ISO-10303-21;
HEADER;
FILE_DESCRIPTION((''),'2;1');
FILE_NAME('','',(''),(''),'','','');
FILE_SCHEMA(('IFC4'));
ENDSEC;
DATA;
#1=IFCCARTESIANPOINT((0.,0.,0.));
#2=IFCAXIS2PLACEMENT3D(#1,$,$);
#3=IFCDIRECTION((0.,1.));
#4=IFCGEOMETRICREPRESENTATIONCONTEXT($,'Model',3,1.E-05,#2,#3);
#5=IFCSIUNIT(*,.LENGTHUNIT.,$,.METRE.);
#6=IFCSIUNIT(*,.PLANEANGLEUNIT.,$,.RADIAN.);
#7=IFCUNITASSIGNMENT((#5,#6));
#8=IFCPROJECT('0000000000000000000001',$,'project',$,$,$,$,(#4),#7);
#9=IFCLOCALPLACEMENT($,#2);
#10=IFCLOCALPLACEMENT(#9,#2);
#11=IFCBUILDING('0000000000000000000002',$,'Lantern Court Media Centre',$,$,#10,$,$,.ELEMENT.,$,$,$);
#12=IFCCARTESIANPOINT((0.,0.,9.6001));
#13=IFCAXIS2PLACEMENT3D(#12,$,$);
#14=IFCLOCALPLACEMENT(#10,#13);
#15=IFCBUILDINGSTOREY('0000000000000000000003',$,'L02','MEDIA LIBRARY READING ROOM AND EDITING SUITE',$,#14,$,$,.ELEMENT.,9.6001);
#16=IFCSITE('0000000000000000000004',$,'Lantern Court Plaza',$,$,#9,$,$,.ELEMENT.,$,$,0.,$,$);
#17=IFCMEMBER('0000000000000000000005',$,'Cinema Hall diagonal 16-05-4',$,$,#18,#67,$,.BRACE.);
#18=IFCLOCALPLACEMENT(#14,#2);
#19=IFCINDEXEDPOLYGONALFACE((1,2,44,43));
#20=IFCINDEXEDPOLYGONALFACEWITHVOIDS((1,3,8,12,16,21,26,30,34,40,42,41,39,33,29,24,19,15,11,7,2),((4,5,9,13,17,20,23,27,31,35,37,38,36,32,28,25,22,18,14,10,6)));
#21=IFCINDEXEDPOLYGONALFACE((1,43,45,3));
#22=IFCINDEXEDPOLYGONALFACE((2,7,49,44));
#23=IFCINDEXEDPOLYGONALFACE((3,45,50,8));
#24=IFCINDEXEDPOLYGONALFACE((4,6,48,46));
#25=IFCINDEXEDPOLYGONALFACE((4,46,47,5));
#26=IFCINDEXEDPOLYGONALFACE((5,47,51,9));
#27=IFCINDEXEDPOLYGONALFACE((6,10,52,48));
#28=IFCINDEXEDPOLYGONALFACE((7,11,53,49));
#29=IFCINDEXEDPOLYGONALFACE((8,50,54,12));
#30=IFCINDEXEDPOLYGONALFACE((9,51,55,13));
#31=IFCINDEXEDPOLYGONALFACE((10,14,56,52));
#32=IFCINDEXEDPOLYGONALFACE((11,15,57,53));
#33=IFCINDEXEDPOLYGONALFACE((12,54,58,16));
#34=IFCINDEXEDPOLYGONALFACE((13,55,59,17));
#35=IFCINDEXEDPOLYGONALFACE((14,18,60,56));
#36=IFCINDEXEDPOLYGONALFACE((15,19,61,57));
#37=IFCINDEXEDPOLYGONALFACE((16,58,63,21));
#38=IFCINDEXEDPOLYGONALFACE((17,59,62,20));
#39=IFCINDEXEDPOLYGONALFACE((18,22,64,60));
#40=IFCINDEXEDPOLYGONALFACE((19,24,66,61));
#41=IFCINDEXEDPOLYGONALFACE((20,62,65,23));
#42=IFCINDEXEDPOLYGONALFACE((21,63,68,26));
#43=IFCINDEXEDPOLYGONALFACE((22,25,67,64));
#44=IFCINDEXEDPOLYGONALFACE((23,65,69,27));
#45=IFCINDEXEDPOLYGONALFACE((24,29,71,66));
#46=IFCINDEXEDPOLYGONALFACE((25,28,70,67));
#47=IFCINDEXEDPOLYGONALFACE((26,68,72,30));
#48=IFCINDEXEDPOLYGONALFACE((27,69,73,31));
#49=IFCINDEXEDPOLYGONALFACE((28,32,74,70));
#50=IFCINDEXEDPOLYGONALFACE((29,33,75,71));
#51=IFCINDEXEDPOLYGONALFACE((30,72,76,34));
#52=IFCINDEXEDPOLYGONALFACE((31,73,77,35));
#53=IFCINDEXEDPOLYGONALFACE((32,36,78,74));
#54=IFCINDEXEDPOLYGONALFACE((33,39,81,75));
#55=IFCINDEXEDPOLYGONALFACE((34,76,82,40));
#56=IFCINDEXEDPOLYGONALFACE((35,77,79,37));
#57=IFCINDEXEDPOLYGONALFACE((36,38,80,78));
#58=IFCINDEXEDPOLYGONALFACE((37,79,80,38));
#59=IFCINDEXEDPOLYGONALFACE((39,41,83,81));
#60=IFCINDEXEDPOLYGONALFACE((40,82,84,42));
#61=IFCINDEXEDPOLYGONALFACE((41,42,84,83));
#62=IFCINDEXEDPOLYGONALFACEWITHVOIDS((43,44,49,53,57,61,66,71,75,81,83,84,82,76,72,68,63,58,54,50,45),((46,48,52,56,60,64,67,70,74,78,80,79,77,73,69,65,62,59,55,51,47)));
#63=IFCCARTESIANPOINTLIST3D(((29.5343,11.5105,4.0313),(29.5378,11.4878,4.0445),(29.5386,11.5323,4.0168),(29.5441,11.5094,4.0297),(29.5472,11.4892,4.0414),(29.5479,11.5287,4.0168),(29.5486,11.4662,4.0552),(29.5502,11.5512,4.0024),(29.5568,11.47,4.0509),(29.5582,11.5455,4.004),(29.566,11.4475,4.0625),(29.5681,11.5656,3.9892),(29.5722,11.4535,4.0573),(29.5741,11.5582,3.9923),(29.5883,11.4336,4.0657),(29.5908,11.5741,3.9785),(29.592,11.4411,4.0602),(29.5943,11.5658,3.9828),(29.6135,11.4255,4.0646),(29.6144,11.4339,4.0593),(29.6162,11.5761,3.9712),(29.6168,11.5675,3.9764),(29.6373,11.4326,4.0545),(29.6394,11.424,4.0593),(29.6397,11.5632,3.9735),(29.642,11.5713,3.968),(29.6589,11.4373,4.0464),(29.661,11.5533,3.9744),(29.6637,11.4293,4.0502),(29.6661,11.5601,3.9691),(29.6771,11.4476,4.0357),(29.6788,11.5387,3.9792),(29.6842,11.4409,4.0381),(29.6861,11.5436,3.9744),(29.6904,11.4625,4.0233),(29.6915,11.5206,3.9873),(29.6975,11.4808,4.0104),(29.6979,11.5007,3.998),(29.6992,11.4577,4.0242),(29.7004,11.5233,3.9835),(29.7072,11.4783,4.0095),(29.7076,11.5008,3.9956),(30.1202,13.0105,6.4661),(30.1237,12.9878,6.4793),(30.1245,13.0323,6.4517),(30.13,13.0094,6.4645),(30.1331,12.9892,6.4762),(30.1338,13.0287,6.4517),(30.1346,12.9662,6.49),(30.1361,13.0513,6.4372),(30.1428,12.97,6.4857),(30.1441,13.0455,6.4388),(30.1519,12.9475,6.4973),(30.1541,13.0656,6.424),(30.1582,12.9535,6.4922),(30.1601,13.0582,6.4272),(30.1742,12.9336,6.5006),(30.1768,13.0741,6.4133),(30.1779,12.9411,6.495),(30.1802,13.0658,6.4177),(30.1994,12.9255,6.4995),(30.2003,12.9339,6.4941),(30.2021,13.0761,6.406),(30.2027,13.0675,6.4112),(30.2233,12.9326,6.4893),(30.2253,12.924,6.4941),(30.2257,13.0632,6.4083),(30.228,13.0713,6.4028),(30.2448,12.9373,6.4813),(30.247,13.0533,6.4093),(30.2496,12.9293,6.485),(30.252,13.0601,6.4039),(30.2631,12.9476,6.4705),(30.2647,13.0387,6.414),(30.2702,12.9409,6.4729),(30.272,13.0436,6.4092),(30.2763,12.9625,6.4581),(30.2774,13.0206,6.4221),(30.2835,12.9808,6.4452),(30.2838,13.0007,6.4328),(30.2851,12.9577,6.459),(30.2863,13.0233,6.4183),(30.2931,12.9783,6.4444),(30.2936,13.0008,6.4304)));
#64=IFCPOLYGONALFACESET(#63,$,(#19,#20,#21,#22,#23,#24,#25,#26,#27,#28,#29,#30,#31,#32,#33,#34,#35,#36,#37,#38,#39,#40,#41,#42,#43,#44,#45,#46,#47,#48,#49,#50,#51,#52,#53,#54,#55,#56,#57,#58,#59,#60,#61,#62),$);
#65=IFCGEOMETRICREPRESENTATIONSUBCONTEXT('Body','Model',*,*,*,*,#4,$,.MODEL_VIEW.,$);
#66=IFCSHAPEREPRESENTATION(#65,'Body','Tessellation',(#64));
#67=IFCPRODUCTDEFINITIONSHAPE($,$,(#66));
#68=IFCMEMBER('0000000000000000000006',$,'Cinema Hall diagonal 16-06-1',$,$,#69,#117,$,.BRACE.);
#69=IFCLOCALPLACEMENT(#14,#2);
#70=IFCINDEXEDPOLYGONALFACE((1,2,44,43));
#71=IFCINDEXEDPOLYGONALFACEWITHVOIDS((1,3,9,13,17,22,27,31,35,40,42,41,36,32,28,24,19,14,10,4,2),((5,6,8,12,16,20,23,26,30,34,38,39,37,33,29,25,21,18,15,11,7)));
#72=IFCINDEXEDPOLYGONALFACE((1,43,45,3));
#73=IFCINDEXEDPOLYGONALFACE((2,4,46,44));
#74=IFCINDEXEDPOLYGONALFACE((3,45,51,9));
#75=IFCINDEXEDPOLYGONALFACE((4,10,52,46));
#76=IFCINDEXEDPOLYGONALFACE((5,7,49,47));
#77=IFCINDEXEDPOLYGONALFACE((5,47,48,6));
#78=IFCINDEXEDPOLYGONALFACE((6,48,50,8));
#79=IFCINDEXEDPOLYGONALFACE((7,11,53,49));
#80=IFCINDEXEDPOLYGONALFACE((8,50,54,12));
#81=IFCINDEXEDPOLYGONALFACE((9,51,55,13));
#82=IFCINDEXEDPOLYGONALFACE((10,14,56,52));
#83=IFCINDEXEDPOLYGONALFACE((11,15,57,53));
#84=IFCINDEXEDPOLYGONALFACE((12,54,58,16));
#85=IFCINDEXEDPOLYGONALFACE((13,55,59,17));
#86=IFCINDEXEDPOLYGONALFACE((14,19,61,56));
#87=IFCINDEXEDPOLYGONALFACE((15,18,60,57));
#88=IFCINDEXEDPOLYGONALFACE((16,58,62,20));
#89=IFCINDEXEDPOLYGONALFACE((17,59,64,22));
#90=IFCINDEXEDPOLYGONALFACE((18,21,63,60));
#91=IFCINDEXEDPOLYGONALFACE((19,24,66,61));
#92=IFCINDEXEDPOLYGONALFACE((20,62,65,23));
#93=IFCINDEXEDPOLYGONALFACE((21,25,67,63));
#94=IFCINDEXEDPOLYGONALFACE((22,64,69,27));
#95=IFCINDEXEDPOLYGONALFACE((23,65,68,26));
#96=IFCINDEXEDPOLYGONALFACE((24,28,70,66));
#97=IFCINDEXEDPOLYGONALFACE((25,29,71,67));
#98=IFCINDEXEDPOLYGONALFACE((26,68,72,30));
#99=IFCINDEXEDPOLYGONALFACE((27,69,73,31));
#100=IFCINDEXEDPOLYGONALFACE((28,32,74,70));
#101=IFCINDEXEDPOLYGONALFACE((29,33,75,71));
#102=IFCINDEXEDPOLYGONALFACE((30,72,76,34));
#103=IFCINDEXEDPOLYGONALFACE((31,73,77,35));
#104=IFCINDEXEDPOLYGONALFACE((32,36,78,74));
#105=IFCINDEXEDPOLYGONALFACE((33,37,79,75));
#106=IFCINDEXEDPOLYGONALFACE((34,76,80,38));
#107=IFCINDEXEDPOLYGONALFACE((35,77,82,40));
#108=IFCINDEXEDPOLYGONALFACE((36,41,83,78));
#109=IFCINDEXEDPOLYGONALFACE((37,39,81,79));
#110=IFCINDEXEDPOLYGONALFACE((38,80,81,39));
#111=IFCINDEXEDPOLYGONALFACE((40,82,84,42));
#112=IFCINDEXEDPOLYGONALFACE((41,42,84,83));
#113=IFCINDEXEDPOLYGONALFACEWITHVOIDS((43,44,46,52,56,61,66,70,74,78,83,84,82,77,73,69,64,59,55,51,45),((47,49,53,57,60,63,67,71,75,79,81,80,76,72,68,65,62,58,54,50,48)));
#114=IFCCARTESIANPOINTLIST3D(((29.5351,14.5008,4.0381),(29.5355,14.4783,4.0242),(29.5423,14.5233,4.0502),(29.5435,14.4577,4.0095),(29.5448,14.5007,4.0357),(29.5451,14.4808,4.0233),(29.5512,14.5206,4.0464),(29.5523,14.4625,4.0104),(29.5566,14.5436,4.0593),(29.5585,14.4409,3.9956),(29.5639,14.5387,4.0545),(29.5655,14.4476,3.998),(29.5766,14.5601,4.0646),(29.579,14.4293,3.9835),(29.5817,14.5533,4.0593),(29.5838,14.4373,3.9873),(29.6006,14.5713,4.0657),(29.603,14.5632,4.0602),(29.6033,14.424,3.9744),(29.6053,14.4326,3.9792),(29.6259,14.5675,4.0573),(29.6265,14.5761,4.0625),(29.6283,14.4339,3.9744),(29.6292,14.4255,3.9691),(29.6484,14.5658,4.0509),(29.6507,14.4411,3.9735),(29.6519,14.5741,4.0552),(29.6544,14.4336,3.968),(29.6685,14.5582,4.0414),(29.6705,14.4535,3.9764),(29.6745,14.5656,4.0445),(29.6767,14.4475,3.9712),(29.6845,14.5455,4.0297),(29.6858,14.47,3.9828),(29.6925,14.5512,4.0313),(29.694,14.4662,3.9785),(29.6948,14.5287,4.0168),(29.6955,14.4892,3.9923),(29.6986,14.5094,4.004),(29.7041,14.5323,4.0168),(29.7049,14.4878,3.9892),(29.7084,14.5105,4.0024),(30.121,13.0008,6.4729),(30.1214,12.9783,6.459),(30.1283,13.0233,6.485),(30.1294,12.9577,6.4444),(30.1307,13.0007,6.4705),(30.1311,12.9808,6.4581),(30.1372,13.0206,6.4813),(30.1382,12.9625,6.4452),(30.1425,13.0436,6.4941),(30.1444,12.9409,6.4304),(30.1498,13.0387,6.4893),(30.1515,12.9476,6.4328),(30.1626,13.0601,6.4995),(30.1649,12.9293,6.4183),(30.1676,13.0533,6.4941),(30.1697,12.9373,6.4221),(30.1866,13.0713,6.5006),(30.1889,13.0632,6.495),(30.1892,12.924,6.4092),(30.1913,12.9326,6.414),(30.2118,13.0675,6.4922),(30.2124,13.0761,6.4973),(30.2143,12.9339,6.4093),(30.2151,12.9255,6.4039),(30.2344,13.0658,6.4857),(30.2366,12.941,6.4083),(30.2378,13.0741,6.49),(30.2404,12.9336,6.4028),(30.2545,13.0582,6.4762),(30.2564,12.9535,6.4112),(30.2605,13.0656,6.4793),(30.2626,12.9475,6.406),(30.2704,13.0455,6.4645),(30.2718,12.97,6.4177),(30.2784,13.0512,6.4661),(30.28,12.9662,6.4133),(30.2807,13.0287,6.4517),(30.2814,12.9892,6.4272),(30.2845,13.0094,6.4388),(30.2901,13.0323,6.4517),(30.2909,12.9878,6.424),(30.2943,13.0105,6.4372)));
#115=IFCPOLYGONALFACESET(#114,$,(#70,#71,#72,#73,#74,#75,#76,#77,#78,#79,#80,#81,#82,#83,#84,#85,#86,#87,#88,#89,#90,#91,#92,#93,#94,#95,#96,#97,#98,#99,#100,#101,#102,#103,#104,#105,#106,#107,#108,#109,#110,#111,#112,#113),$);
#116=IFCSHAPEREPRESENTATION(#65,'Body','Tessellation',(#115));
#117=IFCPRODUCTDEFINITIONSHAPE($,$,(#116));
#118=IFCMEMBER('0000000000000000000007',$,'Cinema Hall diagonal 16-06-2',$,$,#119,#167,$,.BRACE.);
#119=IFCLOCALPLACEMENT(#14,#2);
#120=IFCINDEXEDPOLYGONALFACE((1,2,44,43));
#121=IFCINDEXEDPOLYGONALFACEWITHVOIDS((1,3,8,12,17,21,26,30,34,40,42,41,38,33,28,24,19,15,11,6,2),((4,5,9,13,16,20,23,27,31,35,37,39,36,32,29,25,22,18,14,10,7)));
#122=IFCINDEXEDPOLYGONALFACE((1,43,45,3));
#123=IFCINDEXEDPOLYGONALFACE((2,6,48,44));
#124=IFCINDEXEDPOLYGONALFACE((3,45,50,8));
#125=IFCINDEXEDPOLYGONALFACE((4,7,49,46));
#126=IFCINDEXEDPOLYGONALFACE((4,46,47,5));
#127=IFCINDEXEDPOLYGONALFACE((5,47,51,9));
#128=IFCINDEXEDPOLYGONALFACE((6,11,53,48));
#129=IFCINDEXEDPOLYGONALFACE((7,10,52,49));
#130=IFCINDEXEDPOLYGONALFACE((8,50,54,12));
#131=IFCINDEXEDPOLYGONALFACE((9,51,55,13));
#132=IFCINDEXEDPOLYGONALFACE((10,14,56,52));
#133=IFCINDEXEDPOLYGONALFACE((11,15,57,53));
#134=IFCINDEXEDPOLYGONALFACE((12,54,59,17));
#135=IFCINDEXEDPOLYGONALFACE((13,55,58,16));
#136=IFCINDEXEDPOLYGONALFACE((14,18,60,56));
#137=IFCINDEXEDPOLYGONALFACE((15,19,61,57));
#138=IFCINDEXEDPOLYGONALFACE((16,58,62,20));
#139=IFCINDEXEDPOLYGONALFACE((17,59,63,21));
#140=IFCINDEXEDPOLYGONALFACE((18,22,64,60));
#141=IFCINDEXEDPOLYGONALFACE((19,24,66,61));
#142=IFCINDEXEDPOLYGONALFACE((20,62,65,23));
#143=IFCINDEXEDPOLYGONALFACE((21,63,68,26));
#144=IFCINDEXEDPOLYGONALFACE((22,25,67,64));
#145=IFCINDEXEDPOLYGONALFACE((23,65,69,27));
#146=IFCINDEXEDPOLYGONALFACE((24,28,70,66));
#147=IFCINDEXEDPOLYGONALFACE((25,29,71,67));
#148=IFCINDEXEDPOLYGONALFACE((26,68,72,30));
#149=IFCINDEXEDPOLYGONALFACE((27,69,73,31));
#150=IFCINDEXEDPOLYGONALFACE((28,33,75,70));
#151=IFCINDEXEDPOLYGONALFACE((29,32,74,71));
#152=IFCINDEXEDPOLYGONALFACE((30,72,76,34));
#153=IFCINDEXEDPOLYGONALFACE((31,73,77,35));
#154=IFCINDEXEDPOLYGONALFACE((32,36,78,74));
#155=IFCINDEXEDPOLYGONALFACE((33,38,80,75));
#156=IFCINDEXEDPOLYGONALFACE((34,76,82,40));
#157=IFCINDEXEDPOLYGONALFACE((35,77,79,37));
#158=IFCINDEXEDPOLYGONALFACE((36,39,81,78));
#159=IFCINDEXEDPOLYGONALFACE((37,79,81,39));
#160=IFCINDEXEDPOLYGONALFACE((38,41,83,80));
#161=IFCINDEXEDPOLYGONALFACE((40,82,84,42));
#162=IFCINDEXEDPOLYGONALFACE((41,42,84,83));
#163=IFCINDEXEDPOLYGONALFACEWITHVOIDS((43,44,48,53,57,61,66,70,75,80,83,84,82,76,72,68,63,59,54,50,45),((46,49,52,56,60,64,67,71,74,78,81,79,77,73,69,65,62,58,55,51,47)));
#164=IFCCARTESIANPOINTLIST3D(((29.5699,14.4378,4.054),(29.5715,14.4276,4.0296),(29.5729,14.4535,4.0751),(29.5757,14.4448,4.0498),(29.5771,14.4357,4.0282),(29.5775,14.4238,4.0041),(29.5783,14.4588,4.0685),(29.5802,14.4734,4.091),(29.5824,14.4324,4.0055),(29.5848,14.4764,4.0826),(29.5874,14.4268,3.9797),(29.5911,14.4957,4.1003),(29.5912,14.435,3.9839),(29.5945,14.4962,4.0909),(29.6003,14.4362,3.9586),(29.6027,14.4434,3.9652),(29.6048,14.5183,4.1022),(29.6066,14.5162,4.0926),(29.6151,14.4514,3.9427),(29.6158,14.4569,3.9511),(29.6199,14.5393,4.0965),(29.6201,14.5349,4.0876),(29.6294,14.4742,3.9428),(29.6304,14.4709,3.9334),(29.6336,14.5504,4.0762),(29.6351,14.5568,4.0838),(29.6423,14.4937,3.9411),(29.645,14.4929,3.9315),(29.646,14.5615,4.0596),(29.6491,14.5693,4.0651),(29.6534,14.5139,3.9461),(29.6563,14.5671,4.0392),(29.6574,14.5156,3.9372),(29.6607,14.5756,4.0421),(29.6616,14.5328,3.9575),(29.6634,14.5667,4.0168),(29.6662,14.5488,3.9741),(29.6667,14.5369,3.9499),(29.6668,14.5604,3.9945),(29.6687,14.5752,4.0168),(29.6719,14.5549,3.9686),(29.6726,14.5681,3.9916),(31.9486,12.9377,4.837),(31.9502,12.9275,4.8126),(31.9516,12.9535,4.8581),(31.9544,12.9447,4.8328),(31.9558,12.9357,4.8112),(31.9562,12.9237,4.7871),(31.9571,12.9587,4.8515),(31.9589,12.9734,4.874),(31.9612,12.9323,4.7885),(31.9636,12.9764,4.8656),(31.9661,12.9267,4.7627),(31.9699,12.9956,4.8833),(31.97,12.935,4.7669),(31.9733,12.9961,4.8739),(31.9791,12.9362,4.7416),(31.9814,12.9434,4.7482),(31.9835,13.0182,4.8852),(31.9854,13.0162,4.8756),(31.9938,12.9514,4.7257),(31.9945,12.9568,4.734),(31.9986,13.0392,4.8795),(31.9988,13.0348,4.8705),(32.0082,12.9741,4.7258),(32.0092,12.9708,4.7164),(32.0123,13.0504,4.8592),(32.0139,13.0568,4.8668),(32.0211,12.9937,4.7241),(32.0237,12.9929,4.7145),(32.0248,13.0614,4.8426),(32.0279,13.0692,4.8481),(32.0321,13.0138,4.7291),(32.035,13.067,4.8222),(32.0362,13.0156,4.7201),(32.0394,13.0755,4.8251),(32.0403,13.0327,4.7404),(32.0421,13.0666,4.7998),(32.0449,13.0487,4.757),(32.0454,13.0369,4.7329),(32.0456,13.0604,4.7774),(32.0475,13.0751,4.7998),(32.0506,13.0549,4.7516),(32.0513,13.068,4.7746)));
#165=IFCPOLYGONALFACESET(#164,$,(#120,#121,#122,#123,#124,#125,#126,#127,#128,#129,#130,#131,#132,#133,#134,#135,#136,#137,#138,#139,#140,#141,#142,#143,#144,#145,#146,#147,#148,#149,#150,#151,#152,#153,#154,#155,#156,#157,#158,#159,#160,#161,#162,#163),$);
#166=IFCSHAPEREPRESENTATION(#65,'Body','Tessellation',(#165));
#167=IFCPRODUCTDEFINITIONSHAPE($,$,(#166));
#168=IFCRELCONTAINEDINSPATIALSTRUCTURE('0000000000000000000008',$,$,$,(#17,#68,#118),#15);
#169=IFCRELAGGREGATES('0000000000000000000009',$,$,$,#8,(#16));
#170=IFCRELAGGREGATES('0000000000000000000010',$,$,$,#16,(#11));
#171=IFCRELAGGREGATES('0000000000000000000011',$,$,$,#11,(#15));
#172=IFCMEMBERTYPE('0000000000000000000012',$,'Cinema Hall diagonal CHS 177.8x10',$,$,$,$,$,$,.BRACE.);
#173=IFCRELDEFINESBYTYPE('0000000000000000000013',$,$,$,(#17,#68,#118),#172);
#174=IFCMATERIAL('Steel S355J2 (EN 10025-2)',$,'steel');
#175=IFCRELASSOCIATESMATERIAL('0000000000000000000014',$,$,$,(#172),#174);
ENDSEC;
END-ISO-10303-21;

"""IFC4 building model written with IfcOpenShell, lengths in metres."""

from ifc_helpers import new_model, si_unit, direction, frame, origin, origin_2d, place, context, subcontext, project, spatial, hollow_circle, extrude, material, material_profile, profile_set, type_object, element, save


model = new_model("IFC4")

# Units and contexts
model_context = context("Model", 3, precision=1e-05, world=origin(), true_north=direction((0.0, 1.0)))
body_context = subcontext(model_context, "Body", "Model", "MODEL_VIEW")
ifc_project = project(units=[si_unit("LENGTHUNIT", "METRE"), si_unit("PLANEANGLEUNIT", "RADIAN")], contexts=[model_context])

# Site, building, storey
site_placement = place(None, origin())
site = spatial("IfcSite", under=ifc_project, at=site_placement, Name="Lantern Court Plaza", CompositionType="ELEMENT", RefElevation=0.0)
building_placement = place(site_placement, origin())
building = spatial("IfcBuilding", under=site, at=building_placement, Name="Lantern Court Media Centre", CompositionType="ELEMENT")
storey_placement = place(building_placement, frame((0.0, 0.0, 9.6001)))
storey = spatial("IfcBuildingStorey", under=building, at=storey_placement, Name="L02", Description="MEDIA LIBRARY READING ROOM AND EDITING SUITE", CompositionType="ELEMENT", Elevation=9.6001)

# Members
ifc_material_1 = material(Name="Steel S355J2 (EN 10025-2)", Category="steel")
ifc_material_profile_1 = material_profile(ifc_material_1, hollow_circle(Radius=0.0889, WallThickness=0.01, at=origin_2d()), Name="Cinema Hall diagonal CHS 177.8x10")
ifc_profile_set_1 = profile_set([ifc_material_profile_1], Name="Steel S355J2 (EN 10025-2)")
member_type_1 = type_object("IfcMemberType", Name="Cinema Hall diagonal CHS 177.8x10", PredefinedType="BRACE", material=ifc_profile_set_1)
for number, where, z_axis, x_axis, name in (
    (1, (29.6213, 11.5, 4.0168), (0.20072, 0.513842, 0.834073), (-0.931457, 0.363851, 0.0), "Cinema Hall diagonal 16-05-4"),
    (2, (29.6213, 14.5, 4.0168), (0.20072, -0.513842, 0.834073), (0.931457, 0.363851, 0.0), "Cinema Hall diagonal 16-06-1"),
    (3, (29.6213, 14.5, 4.0168), (0.814866, -0.51386, 0.268221), (0.533405, 0.84586, 0.0), "Cinema Hall diagonal 16-06-2"),
):
    element("IfcMember", number, at=place(storey_placement, frame(where, z_axis=z_axis, x_axis=x_axis)), inside=storey, type_object=member_type_1, Name=name, PredefinedType="BRACE", context=body_context, shape_type="SweptSolid", body=[
        extrude(hollow_circle(Radius=0.0889, WallThickness=0.01, at=origin_2d()), origin(), (0.0, 0.0, 1.0), 2.9192),
    ])

save(model, "model.ifc")
